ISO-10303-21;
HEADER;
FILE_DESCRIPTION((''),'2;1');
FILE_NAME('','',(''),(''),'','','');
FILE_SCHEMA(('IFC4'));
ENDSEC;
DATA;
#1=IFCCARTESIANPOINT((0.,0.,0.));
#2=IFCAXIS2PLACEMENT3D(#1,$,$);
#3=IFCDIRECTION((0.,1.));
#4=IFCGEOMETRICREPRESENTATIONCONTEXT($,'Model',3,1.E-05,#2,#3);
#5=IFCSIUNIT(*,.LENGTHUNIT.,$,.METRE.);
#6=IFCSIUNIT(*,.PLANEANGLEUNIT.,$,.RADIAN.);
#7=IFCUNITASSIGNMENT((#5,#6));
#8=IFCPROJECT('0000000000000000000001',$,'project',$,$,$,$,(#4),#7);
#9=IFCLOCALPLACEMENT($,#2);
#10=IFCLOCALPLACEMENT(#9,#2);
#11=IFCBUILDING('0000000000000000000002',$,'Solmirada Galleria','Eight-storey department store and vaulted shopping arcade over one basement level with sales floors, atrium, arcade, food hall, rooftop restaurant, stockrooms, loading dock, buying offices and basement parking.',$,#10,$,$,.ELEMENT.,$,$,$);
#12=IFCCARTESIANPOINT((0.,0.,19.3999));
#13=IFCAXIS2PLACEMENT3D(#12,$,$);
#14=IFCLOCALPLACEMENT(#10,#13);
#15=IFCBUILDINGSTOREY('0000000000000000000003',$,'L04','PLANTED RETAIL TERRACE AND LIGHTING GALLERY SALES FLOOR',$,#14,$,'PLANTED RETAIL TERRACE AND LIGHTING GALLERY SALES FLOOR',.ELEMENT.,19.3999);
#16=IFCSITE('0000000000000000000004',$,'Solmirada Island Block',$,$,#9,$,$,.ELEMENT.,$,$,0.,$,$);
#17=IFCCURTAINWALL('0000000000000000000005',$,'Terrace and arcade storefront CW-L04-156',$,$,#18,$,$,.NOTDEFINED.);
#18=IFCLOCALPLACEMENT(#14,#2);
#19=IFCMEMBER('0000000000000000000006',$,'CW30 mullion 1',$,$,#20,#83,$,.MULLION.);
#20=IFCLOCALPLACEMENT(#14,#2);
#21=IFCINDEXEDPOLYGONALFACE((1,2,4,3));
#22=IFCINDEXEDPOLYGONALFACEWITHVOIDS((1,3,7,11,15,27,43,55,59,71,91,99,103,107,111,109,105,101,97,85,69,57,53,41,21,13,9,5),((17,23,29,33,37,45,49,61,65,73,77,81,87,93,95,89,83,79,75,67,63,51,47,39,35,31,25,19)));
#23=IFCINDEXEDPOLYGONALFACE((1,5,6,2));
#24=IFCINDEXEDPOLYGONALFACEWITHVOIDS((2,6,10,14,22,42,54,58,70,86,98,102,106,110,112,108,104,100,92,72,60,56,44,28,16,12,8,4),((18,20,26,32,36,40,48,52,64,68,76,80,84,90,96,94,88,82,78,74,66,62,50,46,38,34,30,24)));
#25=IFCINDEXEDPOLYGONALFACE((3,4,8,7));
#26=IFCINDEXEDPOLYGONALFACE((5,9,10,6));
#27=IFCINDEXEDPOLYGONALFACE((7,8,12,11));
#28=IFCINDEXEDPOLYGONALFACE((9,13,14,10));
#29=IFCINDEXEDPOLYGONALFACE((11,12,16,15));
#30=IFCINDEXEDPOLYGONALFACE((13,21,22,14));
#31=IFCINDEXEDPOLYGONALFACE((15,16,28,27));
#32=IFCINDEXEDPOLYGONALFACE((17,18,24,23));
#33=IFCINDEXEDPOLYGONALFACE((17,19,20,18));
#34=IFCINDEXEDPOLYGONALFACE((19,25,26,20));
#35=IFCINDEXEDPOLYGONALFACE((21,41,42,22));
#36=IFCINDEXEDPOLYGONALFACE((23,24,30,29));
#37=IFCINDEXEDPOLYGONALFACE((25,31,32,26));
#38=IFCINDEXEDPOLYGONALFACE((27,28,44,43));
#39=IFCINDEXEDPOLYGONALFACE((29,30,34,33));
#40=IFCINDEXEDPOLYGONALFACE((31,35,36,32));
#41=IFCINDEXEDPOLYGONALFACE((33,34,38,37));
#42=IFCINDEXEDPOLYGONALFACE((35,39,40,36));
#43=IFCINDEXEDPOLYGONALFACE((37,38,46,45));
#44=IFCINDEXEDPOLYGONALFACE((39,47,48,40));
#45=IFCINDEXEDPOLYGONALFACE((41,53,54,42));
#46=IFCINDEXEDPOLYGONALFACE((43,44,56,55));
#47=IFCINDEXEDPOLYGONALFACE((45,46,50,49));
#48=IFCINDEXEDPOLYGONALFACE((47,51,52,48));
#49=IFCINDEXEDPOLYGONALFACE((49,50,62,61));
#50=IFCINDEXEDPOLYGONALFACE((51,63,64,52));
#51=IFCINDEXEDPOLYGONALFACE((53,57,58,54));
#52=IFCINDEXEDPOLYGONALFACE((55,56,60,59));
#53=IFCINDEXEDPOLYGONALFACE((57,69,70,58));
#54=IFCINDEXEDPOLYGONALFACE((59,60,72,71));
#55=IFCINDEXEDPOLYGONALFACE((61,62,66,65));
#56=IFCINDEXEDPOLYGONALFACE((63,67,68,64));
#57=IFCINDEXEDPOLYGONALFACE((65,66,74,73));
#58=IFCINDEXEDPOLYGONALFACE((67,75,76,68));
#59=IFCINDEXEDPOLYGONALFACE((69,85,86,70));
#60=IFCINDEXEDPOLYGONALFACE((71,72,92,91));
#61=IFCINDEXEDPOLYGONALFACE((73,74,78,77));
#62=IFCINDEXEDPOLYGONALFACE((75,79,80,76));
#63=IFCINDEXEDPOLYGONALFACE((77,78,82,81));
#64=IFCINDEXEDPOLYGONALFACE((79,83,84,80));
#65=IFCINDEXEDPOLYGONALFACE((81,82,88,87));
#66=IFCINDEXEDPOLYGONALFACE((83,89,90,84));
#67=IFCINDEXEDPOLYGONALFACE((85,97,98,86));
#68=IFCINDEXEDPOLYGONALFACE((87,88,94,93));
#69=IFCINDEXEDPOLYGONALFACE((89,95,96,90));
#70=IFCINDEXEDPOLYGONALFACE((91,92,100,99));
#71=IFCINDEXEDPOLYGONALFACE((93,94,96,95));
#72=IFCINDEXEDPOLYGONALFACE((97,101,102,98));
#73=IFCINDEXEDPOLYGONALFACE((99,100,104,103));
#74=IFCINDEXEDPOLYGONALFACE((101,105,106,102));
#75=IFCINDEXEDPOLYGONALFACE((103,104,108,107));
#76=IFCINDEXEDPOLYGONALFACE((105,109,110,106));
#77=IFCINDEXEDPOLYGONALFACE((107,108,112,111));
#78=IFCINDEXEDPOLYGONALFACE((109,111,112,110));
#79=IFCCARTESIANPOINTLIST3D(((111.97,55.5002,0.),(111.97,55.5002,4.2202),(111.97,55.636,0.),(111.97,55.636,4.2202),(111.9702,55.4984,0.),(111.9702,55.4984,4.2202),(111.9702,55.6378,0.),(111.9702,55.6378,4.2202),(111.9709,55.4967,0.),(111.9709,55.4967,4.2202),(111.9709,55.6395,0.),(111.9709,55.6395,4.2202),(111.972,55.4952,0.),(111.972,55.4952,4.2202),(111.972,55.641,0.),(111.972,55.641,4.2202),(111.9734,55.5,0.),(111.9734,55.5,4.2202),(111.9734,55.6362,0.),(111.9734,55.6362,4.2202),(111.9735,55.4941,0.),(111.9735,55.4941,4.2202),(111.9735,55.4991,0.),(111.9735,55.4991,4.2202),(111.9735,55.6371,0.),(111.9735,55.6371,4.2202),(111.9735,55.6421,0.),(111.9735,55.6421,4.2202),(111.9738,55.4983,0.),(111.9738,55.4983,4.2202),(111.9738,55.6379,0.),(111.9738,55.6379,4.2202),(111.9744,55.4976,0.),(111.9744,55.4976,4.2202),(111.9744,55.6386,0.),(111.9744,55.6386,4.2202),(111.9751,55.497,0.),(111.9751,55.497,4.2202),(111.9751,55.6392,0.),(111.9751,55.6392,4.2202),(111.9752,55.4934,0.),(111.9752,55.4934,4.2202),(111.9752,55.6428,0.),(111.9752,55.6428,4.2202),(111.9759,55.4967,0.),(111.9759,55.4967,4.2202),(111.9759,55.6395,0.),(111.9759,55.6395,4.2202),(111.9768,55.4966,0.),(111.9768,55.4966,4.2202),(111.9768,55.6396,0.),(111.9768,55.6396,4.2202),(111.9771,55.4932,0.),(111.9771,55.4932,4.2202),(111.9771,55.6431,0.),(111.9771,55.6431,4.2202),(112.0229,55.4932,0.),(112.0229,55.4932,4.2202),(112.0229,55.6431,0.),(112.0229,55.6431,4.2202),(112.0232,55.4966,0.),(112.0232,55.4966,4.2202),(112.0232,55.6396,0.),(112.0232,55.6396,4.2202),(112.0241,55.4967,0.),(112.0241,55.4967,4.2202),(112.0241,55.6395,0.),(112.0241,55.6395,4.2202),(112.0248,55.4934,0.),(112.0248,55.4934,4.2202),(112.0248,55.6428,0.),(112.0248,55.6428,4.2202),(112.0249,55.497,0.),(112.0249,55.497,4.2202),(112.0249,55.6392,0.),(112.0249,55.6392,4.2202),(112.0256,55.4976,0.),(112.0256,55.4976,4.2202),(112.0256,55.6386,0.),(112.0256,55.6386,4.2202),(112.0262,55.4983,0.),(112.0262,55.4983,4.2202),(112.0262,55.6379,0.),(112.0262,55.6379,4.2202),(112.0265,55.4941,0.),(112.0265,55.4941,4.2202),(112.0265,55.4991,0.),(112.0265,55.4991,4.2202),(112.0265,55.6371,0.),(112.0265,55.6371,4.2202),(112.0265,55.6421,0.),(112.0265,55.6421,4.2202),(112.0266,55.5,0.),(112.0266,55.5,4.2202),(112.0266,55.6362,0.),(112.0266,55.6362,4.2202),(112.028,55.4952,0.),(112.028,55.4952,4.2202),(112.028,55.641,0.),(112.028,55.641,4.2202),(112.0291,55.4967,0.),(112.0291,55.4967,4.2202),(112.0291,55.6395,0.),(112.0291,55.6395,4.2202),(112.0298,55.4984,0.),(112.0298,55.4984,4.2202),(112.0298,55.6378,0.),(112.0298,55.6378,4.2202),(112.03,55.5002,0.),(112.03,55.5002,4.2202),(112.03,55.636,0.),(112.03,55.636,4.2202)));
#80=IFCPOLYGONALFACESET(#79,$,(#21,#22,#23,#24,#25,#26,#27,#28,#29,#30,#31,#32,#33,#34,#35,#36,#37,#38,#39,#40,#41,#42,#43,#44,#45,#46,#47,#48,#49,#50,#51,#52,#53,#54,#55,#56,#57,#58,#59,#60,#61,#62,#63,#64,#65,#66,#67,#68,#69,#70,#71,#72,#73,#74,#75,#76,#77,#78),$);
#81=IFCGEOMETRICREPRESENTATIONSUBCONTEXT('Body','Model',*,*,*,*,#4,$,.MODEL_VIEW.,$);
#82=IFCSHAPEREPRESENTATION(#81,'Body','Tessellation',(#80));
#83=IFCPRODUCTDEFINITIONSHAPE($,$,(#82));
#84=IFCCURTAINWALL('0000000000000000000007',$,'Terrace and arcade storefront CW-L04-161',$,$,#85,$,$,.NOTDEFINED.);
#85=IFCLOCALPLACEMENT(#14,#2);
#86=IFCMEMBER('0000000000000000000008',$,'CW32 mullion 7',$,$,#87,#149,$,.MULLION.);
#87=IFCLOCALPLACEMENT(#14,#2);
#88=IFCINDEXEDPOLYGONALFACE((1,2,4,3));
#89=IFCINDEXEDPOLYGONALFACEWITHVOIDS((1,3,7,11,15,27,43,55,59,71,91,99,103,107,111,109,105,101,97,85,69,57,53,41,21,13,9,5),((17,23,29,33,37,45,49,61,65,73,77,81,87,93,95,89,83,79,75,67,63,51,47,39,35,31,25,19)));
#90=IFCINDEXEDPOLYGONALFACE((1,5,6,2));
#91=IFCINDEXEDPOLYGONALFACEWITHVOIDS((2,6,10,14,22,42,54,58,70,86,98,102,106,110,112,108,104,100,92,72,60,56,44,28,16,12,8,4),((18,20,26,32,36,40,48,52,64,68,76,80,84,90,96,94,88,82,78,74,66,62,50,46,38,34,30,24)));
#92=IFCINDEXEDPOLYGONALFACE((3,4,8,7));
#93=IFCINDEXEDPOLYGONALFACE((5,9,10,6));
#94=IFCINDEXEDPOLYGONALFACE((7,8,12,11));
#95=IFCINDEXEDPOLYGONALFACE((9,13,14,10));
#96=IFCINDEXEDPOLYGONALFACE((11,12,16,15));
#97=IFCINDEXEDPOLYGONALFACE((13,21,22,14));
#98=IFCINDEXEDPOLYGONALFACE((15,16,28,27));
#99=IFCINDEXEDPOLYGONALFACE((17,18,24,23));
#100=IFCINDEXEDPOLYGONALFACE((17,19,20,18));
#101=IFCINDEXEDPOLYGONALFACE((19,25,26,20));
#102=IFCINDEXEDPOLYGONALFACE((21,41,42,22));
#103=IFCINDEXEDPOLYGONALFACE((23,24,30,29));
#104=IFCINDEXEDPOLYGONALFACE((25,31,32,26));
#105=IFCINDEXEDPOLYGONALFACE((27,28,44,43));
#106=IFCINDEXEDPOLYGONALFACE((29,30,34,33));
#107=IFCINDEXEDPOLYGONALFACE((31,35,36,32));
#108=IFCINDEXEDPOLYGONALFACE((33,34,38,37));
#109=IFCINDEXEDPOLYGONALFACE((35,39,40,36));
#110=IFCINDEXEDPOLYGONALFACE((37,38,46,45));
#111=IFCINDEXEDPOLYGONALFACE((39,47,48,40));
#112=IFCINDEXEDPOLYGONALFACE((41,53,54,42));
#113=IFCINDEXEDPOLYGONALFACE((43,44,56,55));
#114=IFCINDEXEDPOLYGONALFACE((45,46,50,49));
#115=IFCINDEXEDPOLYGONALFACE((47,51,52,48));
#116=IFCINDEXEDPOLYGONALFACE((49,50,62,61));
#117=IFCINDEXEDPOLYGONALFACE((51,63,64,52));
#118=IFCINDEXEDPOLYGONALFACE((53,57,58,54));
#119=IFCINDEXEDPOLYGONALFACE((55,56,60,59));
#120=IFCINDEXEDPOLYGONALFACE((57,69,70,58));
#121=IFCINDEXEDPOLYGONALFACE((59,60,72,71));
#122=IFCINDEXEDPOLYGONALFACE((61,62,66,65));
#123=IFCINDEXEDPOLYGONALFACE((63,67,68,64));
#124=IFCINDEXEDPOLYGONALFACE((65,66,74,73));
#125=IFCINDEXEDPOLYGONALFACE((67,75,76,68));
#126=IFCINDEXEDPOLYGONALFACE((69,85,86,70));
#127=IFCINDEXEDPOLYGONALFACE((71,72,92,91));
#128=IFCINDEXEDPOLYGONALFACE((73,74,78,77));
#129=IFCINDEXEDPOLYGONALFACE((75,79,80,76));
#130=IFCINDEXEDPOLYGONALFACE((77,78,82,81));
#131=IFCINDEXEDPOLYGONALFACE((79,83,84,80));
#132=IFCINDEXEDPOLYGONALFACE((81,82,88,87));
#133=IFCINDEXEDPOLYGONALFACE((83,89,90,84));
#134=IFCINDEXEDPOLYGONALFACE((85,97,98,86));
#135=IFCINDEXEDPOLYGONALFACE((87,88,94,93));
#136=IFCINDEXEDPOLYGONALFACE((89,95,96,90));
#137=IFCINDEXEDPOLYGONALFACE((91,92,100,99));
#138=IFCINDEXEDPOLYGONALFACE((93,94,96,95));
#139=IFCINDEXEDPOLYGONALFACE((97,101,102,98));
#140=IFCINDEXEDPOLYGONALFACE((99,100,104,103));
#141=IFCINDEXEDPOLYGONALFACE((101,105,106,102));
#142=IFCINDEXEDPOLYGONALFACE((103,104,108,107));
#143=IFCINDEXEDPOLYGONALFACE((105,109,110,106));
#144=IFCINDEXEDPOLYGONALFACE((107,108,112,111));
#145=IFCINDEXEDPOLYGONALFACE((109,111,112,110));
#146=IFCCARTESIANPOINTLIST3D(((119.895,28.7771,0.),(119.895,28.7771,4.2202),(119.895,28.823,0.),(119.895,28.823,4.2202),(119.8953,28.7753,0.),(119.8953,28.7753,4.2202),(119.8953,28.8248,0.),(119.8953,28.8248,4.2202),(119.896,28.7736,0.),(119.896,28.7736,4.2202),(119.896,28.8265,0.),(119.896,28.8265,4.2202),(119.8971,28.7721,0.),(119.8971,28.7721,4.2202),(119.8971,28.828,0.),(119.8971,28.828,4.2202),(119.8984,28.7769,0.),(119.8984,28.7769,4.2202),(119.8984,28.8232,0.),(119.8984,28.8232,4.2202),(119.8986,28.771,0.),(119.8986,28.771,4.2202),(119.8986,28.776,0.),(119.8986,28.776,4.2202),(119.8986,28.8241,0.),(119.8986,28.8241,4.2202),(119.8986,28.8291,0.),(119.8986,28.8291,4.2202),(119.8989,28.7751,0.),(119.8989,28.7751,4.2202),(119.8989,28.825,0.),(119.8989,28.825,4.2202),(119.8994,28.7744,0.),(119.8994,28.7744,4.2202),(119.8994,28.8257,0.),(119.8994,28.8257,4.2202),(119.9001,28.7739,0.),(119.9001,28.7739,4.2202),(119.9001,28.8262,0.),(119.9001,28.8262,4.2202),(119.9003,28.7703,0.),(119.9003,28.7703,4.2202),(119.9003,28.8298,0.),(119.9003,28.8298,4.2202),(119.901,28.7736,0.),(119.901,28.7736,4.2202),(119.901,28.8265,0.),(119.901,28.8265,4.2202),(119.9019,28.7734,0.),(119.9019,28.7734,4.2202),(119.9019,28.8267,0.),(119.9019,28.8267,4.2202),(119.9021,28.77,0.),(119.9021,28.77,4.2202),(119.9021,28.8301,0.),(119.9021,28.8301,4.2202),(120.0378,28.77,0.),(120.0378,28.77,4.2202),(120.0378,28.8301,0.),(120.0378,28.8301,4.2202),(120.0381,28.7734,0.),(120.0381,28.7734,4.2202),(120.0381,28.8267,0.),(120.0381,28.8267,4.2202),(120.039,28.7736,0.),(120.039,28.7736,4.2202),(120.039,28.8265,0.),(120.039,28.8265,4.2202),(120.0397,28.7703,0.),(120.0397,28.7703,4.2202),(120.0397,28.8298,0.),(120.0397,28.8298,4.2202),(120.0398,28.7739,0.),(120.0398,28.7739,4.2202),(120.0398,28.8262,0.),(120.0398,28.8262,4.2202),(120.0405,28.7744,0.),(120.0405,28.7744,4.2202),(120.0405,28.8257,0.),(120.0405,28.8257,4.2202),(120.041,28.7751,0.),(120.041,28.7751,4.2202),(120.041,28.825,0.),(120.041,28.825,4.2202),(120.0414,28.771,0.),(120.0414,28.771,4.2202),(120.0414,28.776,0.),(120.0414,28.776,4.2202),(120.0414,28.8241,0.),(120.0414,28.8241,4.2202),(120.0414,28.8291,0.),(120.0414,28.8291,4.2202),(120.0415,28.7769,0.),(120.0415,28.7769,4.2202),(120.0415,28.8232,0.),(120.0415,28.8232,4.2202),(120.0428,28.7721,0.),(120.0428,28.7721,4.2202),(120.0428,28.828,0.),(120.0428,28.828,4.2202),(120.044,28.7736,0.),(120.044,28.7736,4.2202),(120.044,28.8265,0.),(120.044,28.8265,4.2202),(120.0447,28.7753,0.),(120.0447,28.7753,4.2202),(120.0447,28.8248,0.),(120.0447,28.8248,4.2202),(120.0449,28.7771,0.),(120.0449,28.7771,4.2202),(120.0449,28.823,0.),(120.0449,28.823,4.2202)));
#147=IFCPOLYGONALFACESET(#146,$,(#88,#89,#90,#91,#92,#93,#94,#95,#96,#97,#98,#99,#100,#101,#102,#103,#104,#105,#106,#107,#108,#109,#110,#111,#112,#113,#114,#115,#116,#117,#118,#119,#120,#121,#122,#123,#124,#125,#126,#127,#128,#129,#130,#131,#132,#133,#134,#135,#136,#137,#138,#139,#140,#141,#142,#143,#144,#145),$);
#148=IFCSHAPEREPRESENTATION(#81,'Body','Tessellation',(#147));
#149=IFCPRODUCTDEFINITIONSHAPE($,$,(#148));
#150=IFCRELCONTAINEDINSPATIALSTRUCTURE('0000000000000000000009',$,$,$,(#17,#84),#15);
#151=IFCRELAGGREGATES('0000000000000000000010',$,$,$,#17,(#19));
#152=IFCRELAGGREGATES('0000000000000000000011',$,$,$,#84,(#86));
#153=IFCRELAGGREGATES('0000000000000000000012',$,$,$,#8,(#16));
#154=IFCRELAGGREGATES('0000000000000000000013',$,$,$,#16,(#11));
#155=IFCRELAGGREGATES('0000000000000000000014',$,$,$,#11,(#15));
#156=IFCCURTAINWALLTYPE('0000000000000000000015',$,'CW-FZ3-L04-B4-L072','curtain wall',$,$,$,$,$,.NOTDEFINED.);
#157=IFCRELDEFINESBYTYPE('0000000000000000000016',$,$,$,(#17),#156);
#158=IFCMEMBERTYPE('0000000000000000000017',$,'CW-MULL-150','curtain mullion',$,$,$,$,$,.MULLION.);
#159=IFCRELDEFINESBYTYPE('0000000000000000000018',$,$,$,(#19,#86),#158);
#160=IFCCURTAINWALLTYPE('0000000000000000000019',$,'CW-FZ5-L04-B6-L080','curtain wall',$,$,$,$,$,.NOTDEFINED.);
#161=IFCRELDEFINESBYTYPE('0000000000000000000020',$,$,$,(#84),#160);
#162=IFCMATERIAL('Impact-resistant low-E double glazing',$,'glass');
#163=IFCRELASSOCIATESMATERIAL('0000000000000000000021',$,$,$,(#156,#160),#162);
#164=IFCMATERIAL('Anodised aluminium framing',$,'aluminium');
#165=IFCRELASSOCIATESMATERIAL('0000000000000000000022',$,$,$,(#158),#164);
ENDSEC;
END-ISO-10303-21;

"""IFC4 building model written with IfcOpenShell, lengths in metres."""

from ifc_helpers import new_model, si_unit, direction, frame, origin, origin_2d, place, context, subcontext, project, spatial, hollow_rectangle, extrude, material, material_profile, profile_set, type_object, element, aggregate, save


model = new_model("IFC4")

# Units and contexts
model_context = context("Model", 3, precision=1e-05, world=origin(), true_north=direction((0.0, 1.0)))
body_context = subcontext(model_context, "Body", "Model", "MODEL_VIEW")
ifc_project = project(units=[si_unit("LENGTHUNIT", "METRE"), si_unit("PLANEANGLEUNIT", "RADIAN")], contexts=[model_context])

# Site, building, storey
site_placement = place(None, origin())
site = spatial("IfcSite", under=ifc_project, at=site_placement, Name="Solmirada Island Block", CompositionType="ELEMENT", RefElevation=0.0)
building_placement = place(site_placement, origin())
building = spatial("IfcBuilding", under=site, at=building_placement, Name="Solmirada Galleria", Description="Eight-storey department store and vaulted shopping arcade over one basement level with sales floors, atrium, arcade, food hall, rooftop restaurant, stockrooms, loading dock, buying offices and basement parking.", CompositionType="ELEMENT")
storey_placement = place(building_placement, frame((0.0, 0.0, 19.3999)))
storey = spatial("IfcBuildingStorey", under=building, at=storey_placement, Name="L04", Description="PLANTED RETAIL TERRACE AND LIGHTING GALLERY SALES FLOOR", LongName="PLANTED RETAIL TERRACE AND LIGHTING GALLERY SALES FLOOR", CompositionType="ELEMENT", Elevation=19.3999)

# Shared definitions
ifc_material_1 = material(Name="Impact-resistant low-E double glazing", Category="glass")
curtain_wall_type_1 = type_object("IfcCurtainWallType", Name="CW-FZ3-L04-B4-L072", Description="curtain wall", PredefinedType="NOTDEFINED", material=ifc_material_1)
ifc_material_2 = material(Name="Anodised aluminium framing", Category="aluminium")
ifc_material_profile_1 = material_profile(ifc_material_2, hollow_rectangle(XDim=0.0601, YDim=0.1499, WallThickness=0.0034, InnerFilletRadius=0.0034, OuterFilletRadius=0.0071, at=origin_2d()), Name="ALU-MULL-150X60")
ifc_profile_set_1 = profile_set([ifc_material_profile_1], Name="Anodised aluminium framing")
member_type_1 = type_object("IfcMemberType", Name="CW-MULL-150", Description="curtain mullion", PredefinedType="MULLION", material=ifc_profile_set_1)

# Curtain walls, members
curtain_wall_1_placement = place(storey_placement, origin())
curtain_wall_1 = element("IfcCurtainWall", 1, at=curtain_wall_1_placement, inside=storey, type_object=curtain_wall_type_1, Name="Terrace and arcade storefront CW-L04-156", PredefinedType="NOTDEFINED")
member_1_placement = place(storey_placement, frame((112.0, 55.5681, 0.0), z_axis=(0.0, 0.0, 1.0), x_axis=(1.0, 0.0, 0.0)))
member_1 = element("IfcMember", 2, at=member_1_placement, type_object=member_type_1, Name="CW30 mullion 1", PredefinedType="MULLION", context=body_context, shape_type="SweptSolid", body=[
    extrude(hollow_rectangle(XDim=0.0601, YDim=0.1499, WallThickness=0.0034, InnerFilletRadius=0.0034, OuterFilletRadius=0.0071, at=origin_2d()), origin(), (0.0, 0.0, 1.0), 4.2202),
])
curtain_wall_type_2 = type_object("IfcCurtainWallType", Name="CW-FZ5-L04-B6-L080", Description="curtain wall", PredefinedType="NOTDEFINED", material=ifc_material_1)
curtain_wall_2_placement = place(storey_placement, origin())
curtain_wall_2 = element("IfcCurtainWall", 3, at=curtain_wall_2_placement, inside=storey, type_object=curtain_wall_type_2, Name="Terrace and arcade storefront CW-L04-161", PredefinedType="NOTDEFINED")
member_2_placement = place(storey_placement, frame((119.97, 28.8, 0.0), z_axis=(0.0, 0.0, 1.0), x_axis=(0.0, 1.0, 0.0)))
member_2 = element("IfcMember", 4, at=member_2_placement, type_object=member_type_1, Name="CW32 mullion 7", PredefinedType="MULLION", context=body_context, shape_type="SweptSolid", body=[
    extrude(hollow_rectangle(XDim=0.0601, YDim=0.1499, WallThickness=0.0034, InnerFilletRadius=0.0034, OuterFilletRadius=0.0071, at=origin_2d()), origin(), (0.0, 0.0, 1.0), 4.2202),
])

aggregate(curtain_wall_1, [member_1])

aggregate(curtain_wall_2, [member_2])

save(model, "model.ifc")
